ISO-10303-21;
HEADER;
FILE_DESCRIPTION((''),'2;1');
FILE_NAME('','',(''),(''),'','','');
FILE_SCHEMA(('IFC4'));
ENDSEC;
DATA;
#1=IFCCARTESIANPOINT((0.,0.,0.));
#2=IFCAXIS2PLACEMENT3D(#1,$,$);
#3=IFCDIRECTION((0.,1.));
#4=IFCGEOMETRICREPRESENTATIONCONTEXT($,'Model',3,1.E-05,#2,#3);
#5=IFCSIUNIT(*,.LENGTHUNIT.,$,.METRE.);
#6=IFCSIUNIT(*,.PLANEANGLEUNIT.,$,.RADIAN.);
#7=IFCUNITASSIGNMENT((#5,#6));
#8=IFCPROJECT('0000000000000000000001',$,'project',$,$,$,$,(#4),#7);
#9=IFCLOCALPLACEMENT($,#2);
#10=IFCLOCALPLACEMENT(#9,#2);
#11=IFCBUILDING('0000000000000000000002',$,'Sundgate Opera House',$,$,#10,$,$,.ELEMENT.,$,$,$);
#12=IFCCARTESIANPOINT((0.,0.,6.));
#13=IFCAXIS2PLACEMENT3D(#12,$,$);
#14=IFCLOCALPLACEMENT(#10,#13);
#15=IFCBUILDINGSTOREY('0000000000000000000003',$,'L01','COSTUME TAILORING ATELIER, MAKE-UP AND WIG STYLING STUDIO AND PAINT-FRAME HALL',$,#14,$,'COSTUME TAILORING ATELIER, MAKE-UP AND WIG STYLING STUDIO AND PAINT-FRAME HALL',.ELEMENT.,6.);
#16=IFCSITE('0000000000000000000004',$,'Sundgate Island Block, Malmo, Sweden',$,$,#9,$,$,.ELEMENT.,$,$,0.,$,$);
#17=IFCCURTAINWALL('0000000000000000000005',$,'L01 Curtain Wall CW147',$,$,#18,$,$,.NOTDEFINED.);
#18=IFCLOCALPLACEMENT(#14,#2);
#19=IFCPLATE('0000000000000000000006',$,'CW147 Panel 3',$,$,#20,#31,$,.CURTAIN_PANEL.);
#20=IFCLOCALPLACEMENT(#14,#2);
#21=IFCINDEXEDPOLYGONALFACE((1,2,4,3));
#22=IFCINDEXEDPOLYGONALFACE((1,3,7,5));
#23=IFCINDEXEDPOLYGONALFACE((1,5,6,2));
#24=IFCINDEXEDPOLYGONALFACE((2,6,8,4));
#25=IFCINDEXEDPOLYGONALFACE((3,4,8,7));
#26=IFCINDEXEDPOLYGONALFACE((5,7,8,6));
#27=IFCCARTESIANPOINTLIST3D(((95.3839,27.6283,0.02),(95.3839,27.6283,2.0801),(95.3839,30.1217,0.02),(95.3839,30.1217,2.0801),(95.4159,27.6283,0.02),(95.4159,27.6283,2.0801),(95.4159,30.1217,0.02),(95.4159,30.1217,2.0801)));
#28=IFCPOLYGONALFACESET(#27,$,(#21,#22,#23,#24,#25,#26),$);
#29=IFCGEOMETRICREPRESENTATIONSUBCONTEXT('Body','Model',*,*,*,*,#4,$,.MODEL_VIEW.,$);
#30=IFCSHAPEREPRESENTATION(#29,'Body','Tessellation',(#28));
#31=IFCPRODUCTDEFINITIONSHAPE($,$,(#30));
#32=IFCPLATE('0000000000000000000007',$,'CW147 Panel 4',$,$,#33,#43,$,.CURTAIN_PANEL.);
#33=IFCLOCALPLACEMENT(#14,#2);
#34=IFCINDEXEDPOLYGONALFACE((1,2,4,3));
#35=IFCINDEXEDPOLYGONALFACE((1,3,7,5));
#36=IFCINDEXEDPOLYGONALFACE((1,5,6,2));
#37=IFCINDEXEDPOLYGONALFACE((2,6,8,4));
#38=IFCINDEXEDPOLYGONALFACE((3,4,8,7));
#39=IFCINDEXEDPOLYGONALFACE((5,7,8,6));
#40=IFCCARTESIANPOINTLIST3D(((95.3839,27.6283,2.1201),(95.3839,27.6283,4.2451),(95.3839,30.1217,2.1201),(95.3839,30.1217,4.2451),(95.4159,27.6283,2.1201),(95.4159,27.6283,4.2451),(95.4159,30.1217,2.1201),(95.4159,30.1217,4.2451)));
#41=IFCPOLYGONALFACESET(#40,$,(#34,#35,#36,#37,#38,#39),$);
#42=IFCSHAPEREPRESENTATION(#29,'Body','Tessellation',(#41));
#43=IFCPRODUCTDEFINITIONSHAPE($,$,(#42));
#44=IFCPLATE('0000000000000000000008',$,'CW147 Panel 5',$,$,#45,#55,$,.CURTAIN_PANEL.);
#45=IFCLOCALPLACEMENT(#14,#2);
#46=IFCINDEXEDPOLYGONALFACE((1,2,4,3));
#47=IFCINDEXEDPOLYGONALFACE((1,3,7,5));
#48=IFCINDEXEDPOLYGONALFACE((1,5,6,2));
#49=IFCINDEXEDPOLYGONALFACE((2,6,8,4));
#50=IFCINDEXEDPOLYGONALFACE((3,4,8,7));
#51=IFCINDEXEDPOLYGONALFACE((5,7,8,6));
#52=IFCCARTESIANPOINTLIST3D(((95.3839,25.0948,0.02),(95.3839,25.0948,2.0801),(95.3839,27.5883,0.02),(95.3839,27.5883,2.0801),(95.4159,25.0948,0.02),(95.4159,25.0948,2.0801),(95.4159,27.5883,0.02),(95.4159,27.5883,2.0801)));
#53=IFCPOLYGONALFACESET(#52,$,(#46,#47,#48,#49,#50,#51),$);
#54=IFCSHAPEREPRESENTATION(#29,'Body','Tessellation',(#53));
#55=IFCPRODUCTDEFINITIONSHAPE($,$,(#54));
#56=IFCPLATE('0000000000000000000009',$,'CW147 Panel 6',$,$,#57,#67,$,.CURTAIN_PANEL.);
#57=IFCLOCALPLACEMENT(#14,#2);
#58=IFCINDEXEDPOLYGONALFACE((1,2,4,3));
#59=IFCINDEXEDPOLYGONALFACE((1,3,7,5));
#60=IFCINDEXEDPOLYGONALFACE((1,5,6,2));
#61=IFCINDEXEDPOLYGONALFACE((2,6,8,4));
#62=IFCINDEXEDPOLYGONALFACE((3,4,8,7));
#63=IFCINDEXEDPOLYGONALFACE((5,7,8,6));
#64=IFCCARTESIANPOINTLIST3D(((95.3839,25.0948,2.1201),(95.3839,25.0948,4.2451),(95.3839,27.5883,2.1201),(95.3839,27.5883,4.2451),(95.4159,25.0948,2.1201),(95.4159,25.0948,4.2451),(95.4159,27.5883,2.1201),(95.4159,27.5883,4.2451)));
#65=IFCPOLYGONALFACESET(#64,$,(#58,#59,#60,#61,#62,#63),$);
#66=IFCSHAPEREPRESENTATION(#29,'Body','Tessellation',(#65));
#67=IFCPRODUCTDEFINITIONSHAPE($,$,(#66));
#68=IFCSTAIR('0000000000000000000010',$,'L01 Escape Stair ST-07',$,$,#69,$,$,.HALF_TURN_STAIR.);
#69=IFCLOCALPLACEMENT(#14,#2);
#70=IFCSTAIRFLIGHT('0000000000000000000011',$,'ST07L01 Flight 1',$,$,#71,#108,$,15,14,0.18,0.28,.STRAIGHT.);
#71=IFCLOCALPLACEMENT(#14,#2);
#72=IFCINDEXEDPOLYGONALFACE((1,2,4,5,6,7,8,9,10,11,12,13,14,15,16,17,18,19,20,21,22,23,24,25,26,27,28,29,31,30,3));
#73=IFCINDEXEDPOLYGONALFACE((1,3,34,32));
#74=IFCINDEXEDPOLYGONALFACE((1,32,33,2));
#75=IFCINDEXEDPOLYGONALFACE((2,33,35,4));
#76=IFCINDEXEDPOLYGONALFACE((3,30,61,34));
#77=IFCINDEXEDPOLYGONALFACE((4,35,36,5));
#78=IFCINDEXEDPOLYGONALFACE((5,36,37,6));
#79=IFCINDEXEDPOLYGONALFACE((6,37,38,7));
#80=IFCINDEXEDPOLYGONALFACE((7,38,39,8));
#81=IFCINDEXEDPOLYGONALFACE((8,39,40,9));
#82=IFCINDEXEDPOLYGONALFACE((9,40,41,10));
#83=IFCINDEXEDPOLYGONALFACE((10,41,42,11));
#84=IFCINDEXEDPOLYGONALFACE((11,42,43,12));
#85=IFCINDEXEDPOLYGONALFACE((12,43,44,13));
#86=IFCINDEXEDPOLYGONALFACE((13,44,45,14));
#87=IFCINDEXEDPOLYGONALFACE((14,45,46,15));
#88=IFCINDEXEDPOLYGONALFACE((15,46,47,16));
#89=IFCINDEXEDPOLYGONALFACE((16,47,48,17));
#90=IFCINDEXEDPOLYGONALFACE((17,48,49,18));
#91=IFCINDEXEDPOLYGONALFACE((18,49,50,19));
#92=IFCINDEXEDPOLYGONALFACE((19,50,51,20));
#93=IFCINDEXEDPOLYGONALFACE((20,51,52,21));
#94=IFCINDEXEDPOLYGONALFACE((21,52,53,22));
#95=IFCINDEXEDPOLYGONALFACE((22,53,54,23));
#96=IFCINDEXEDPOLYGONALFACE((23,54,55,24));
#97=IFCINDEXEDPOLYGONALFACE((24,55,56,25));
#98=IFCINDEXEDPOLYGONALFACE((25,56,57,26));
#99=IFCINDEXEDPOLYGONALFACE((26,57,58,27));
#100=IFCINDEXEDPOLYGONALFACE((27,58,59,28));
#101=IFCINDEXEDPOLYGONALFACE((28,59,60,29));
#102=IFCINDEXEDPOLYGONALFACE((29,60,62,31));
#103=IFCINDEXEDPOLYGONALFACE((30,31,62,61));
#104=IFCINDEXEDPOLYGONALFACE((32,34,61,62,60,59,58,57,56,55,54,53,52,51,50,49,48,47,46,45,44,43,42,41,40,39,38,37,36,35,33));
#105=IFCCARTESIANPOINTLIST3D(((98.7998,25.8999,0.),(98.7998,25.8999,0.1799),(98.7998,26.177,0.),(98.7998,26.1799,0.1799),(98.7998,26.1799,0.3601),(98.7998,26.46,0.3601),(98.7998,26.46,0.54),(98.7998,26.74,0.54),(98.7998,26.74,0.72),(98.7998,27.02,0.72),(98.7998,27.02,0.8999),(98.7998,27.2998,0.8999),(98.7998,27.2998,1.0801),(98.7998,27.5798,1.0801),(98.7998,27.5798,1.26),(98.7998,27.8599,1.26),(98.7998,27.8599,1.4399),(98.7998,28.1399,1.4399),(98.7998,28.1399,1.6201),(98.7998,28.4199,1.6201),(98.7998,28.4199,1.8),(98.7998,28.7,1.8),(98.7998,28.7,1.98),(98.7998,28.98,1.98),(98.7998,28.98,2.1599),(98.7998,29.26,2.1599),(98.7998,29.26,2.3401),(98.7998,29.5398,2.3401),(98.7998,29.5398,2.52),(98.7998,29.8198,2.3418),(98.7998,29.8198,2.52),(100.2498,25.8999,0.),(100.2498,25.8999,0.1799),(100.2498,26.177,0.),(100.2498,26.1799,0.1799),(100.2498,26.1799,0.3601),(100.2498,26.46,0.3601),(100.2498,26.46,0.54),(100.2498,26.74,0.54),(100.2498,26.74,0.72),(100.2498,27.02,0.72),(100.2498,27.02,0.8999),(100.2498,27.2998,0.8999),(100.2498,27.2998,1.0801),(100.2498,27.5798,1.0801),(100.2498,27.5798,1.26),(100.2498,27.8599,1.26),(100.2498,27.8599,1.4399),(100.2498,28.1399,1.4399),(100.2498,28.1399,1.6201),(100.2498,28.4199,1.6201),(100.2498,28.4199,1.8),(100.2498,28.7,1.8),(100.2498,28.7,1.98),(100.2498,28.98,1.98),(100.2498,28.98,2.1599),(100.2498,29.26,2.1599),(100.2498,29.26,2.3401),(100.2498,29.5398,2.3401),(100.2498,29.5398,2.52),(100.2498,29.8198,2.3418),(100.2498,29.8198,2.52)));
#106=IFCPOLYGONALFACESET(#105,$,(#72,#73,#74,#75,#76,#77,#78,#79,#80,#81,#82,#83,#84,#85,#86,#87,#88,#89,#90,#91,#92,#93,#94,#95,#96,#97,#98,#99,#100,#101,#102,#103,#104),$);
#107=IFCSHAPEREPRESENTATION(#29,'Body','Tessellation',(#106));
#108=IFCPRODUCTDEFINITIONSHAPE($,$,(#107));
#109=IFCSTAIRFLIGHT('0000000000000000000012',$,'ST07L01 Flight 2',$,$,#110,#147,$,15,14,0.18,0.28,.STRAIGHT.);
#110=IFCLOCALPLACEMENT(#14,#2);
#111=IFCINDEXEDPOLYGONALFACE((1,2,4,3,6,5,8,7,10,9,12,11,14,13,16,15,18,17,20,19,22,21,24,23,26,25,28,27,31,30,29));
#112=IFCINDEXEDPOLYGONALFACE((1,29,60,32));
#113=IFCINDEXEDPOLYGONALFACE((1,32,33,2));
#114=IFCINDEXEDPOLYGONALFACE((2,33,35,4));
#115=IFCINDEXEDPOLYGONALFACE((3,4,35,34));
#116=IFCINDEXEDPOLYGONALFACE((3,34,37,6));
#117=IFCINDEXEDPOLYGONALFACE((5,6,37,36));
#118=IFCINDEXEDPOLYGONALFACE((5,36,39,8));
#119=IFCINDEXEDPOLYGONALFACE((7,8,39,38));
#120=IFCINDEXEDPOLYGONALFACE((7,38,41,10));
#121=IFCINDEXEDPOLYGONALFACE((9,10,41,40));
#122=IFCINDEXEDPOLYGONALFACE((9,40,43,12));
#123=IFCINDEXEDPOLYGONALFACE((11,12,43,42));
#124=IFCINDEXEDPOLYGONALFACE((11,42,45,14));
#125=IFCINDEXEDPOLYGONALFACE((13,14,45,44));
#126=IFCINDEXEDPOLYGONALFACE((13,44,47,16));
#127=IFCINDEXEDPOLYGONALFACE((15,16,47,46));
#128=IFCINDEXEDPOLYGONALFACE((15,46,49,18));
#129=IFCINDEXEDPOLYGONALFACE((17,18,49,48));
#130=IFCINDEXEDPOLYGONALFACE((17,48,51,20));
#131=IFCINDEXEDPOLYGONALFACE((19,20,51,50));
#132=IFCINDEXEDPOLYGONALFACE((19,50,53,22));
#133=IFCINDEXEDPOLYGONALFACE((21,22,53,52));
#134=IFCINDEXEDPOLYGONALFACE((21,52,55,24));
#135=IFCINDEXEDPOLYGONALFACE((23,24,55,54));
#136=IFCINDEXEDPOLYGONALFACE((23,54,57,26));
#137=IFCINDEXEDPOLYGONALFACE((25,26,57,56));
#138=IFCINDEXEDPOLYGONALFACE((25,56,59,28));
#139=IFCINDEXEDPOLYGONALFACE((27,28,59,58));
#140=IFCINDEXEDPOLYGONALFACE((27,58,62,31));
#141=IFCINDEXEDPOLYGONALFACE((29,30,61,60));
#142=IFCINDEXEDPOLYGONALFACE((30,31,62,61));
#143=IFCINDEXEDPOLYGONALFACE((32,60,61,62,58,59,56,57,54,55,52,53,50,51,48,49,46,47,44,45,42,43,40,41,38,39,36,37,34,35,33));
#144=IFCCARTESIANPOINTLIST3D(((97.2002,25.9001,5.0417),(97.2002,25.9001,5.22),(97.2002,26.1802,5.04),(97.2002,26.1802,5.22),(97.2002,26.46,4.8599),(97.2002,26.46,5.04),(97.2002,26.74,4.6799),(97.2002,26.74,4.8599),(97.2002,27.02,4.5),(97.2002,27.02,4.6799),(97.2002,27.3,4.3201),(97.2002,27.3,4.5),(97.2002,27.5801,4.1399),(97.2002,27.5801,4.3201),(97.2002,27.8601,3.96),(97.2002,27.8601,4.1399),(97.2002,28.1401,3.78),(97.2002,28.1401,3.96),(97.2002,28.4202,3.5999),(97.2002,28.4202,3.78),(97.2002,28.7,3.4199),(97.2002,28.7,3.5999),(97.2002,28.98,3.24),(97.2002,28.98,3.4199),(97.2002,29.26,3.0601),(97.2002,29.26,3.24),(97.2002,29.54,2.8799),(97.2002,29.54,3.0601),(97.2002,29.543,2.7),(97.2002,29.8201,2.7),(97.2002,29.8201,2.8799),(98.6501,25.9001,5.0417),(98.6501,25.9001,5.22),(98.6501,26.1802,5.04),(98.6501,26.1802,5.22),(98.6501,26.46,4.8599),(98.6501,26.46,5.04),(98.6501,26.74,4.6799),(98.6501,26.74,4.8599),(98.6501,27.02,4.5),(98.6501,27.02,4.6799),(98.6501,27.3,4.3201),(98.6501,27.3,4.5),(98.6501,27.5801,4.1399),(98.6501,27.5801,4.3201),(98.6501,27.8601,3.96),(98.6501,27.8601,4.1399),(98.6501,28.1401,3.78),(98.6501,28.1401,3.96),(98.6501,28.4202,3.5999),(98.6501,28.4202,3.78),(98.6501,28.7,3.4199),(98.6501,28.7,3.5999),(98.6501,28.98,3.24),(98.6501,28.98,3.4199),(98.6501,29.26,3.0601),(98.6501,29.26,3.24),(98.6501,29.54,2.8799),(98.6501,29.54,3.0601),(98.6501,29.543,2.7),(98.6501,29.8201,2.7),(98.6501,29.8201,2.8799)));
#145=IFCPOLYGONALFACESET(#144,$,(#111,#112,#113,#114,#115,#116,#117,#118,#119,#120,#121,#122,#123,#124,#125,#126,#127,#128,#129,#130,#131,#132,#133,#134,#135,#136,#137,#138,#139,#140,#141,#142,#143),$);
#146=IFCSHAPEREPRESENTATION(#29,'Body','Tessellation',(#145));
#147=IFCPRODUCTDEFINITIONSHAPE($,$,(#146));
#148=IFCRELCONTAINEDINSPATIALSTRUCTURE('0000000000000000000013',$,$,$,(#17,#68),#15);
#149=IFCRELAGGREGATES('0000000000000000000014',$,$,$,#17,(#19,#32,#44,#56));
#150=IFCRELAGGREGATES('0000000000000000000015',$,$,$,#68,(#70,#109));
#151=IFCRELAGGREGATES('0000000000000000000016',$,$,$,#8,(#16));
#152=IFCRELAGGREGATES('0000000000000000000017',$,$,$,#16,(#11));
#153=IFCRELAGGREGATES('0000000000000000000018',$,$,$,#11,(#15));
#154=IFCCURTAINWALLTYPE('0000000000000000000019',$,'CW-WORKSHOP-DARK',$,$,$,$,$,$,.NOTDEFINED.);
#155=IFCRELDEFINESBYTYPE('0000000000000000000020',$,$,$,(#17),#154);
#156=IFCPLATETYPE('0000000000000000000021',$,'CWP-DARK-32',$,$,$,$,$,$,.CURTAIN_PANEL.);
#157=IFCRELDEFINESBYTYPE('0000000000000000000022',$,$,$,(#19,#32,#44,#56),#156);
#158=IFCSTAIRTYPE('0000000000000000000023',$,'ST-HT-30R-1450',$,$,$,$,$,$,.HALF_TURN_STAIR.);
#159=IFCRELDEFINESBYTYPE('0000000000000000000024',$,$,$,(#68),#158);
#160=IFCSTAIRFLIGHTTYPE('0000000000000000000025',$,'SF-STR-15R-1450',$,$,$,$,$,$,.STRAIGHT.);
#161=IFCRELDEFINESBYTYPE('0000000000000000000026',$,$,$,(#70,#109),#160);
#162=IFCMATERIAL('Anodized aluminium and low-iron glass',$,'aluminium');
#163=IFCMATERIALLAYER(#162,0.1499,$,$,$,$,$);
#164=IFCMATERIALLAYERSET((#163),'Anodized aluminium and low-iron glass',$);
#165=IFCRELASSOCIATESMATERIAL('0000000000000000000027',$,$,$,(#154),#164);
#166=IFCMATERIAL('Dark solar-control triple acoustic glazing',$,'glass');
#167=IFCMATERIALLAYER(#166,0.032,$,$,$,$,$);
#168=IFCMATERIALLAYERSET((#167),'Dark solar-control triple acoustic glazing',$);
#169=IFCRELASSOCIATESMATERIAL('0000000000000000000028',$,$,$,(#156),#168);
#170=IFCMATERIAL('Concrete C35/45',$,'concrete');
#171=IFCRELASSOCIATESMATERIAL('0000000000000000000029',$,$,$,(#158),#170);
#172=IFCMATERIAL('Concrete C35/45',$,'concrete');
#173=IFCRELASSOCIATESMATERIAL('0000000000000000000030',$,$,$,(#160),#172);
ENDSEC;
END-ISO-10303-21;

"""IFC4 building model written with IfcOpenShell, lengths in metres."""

from ifc_helpers import new_model, si_unit, direction, frame, origin, origin_2d, place, context, subcontext, project, spatial, polyline, rectangle, outline, extrude, material, layer, layer_set, type_object, element, aggregate, save


model = new_model("IFC4")

# Units and contexts
model_context = context("Model", 3, precision=1e-05, world=origin(), true_north=direction((0.0, 1.0)))
body_context = subcontext(model_context, "Body", "Model", "MODEL_VIEW")
ifc_project = project(units=[si_unit("LENGTHUNIT", "METRE"), si_unit("PLANEANGLEUNIT", "RADIAN")], contexts=[model_context])

# Site, building, storey
site_placement = place(None, origin())
site = spatial("IfcSite", under=ifc_project, at=site_placement, Name="Sundgate Island Block, Malmo, Sweden", CompositionType="ELEMENT", RefElevation=0.0)
building_placement = place(site_placement, origin())
building = spatial("IfcBuilding", under=site, at=building_placement, Name="Sundgate Opera House", CompositionType="ELEMENT")
storey_placement = place(building_placement, frame((0.0, 0.0, 6.0)))
storey = spatial("IfcBuildingStorey", under=building, at=storey_placement, Name="L01", Description="COSTUME TAILORING ATELIER, MAKE-UP AND WIG STYLING STUDIO AND PAINT-FRAME HALL", LongName="COSTUME TAILORING ATELIER, MAKE-UP AND WIG STYLING STUDIO AND PAINT-FRAME HALL", CompositionType="ELEMENT", Elevation=6.0)

# Curtain wall, plates
ifc_material_1 = material(Name="Anodized aluminium and low-iron glass", Category="aluminium")
ifc_layer_1 = layer(ifc_material_1, 0.1499)
ifc_layer_set_1 = layer_set([ifc_layer_1], Name="Anodized aluminium and low-iron glass")
curtain_wall_type = type_object("IfcCurtainWallType", Name="CW-WORKSHOP-DARK", PredefinedType="NOTDEFINED", material=ifc_layer_set_1)
curtain_wall_placement = place(storey_placement, origin())
curtain_wall = element("IfcCurtainWall", 1, at=curtain_wall_placement, inside=storey, type_object=curtain_wall_type, Name="L01 Curtain Wall CW147", PredefinedType="NOTDEFINED")
ifc_material_2 = material(Name="Dark solar-control triple acoustic glazing", Category="glass")
ifc_layer_2 = layer(ifc_material_2, 0.032)
ifc_layer_set_2 = layer_set([ifc_layer_2], Name="Dark solar-control triple acoustic glazing")
plate_type = type_object("IfcPlateType", Name="CWP-DARK-32", PredefinedType="CURTAIN_PANEL", material=ifc_layer_set_2)
plate_1_placement = place(storey_placement, frame((95.3999, 28.875, 0.02), z_axis=(0.0, 0.0, 1.0), x_axis=(0.0, -1.0, 0.0)))
plate_1 = element("IfcPlate", 2, at=plate_1_placement, type_object=plate_type, Name="CW147 Panel 3", PredefinedType="CURTAIN_PANEL", context=body_context, shape_type="SweptSolid", body=[
    extrude(rectangle(XDim=2.4934, YDim=0.032, at=origin_2d()), origin(), (0.0, 0.0, 1.0), 2.0601),
])
plate_2_placement = place(storey_placement, frame((95.3999, 28.875, 2.1201), z_axis=(0.0, 0.0, 1.0), x_axis=(0.0, -1.0, 0.0)))
plate_2 = element("IfcPlate", 3, at=plate_2_placement, type_object=plate_type, Name="CW147 Panel 4", PredefinedType="CURTAIN_PANEL", context=body_context, shape_type="SweptSolid", body=[
    extrude(rectangle(XDim=2.4934, YDim=0.032, at=origin_2d()), origin(), (0.0, 0.0, 1.0), 2.125),
])
plate_3_placement = place(storey_placement, frame((95.3999, 26.3416, 0.02), z_axis=(0.0, 0.0, 1.0), x_axis=(0.0, -1.0, 0.0)))
plate_3 = element("IfcPlate", 4, at=plate_3_placement, type_object=plate_type, Name="CW147 Panel 5", PredefinedType="CURTAIN_PANEL", context=body_context, shape_type="SweptSolid", body=[
    extrude(rectangle(XDim=2.4934, YDim=0.032, at=origin_2d()), origin(), (0.0, 0.0, 1.0), 2.0601),
])
plate_4_placement = place(storey_placement, frame((95.3999, 26.3416, 2.1201), z_axis=(0.0, 0.0, 1.0), x_axis=(0.0, -1.0, 0.0)))
plate_4 = element("IfcPlate", 5, at=plate_4_placement, type_object=plate_type, Name="CW147 Panel 6", PredefinedType="CURTAIN_PANEL", context=body_context, shape_type="SweptSolid", body=[
    extrude(rectangle(XDim=2.4934, YDim=0.032, at=origin_2d()), origin(), (0.0, 0.0, 1.0), 2.125),
])
aggregate(curtain_wall, [plate_1, plate_2, plate_3, plate_4])

# Stair, stair flights
ifc_material_3 = material(Name="Concrete C35/45", Category="concrete")
stair_type = type_object("IfcStairType", Name="ST-HT-30R-1450", PredefinedType="HALF_TURN_STAIR", material=ifc_material_3)
stair_placement = place(storey_placement, origin())
stair = element("IfcStair", 6, at=stair_placement, inside=storey, type_object=stair_type, Name="L01 Escape Stair ST-07", PredefinedType="HALF_TURN_STAIR")
ifc_material_4 = material(Name="Concrete C35/45", Category="concrete")
stair_flight_type = type_object("IfcStairFlightType", Name="SF-STR-15R-1450", PredefinedType="STRAIGHT", material=ifc_material_4)
stair_flight_1_placement = place(storey_placement, frame((99.5249, 25.8999, 0.0), z_axis=(0.0, 0.0, 1.0), x_axis=(0.0, 1.0, 0.0)))
stair_flight_1 = element("IfcStairFlight", 7, at=stair_flight_1_placement, type_object=stair_flight_type, Name="ST07L01 Flight 1", NumberOfRisers=15, NumberOfTreads=14, PredefinedType="STRAIGHT", RiserHeight=0.18, TreadLength=0.28, context=body_context, shape_type="SweptSolid", body=[
    extrude(outline(polyline([(0.0, 0.0), (0.0, 0.1799), (0.28, 0.1799), (0.28, 0.3601), (0.5601, 0.3601), (0.5601, 0.54), (0.8401, 0.54), (0.8401, 0.72), (1.1201, 0.72), (1.1201, 0.8999), (1.3999, 0.8999), (1.3999, 1.0801), (1.6799, 1.0801), (1.6799, 1.26), (1.96, 1.26), (1.96, 1.4399), (2.24, 1.4399), (2.24, 1.6201), (2.52, 1.6201), (2.52, 1.8), (2.8, 1.8), (2.8, 1.98), (3.0801, 1.98), (3.0801, 2.1599), (3.3601, 2.1599), (3.3601, 2.3401), (3.6399, 2.3401), (3.6399, 2.52), (3.9199, 2.52), (3.9199, 2.7), (3.9199, 2.3418), (0.2771, 0.0), (0.0, 0.0)])), frame((0.0, 0.7251, 0.0), z_axis=(0.0, -1.0, 0.0), x_axis=(1.0, 0.0, 0.0)), (0.0, 0.0, 1.0), 1.45),
])
stair_flight_2_placement = place(storey_placement, frame((97.925, 29.8201, 2.7), z_axis=(0.0, 0.0, 1.0), x_axis=(0.0, -1.0, 0.0)))
stair_flight_2 = element("IfcStairFlight", 8, at=stair_flight_2_placement, type_object=stair_flight_type, Name="ST07L01 Flight 2", NumberOfRisers=15, NumberOfTreads=14, PredefinedType="STRAIGHT", RiserHeight=0.18, TreadLength=0.28, context=body_context, shape_type="SweptSolid", body=[
    extrude(outline(polyline([(0.0, 0.0), (0.0, 0.1799), (0.28, 0.1799), (0.28, 0.3601), (0.5601, 0.3601), (0.5601, 0.54), (0.8401, 0.54), (0.8401, 0.72), (1.1201, 0.72), (1.1201, 0.8999), (1.3999, 0.8999), (1.3999, 1.0801), (1.6799, 1.0801), (1.6799, 1.26), (1.96, 1.26), (1.96, 1.4399), (2.24, 1.4399), (2.24, 1.6201), (2.52, 1.6201), (2.52, 1.8), (2.8, 1.8), (2.8, 1.98), (3.0801, 1.98), (3.0801, 2.1599), (3.3601, 2.1599), (3.3601, 2.3401), (3.6399, 2.3401), (3.6399, 2.52), (3.9199, 2.52), (3.9199, 2.7), (3.9199, 2.3418), (0.2771, 0.0), (0.0, 0.0)])), frame((0.0, 0.7251, 0.0), z_axis=(0.0, -1.0, 0.0), x_axis=(1.0, 0.0, 0.0)), (0.0, 0.0, 1.0), 1.45),
])
aggregate(stair, [stair_flight_1, stair_flight_2])

save(model, "model.ifc")
